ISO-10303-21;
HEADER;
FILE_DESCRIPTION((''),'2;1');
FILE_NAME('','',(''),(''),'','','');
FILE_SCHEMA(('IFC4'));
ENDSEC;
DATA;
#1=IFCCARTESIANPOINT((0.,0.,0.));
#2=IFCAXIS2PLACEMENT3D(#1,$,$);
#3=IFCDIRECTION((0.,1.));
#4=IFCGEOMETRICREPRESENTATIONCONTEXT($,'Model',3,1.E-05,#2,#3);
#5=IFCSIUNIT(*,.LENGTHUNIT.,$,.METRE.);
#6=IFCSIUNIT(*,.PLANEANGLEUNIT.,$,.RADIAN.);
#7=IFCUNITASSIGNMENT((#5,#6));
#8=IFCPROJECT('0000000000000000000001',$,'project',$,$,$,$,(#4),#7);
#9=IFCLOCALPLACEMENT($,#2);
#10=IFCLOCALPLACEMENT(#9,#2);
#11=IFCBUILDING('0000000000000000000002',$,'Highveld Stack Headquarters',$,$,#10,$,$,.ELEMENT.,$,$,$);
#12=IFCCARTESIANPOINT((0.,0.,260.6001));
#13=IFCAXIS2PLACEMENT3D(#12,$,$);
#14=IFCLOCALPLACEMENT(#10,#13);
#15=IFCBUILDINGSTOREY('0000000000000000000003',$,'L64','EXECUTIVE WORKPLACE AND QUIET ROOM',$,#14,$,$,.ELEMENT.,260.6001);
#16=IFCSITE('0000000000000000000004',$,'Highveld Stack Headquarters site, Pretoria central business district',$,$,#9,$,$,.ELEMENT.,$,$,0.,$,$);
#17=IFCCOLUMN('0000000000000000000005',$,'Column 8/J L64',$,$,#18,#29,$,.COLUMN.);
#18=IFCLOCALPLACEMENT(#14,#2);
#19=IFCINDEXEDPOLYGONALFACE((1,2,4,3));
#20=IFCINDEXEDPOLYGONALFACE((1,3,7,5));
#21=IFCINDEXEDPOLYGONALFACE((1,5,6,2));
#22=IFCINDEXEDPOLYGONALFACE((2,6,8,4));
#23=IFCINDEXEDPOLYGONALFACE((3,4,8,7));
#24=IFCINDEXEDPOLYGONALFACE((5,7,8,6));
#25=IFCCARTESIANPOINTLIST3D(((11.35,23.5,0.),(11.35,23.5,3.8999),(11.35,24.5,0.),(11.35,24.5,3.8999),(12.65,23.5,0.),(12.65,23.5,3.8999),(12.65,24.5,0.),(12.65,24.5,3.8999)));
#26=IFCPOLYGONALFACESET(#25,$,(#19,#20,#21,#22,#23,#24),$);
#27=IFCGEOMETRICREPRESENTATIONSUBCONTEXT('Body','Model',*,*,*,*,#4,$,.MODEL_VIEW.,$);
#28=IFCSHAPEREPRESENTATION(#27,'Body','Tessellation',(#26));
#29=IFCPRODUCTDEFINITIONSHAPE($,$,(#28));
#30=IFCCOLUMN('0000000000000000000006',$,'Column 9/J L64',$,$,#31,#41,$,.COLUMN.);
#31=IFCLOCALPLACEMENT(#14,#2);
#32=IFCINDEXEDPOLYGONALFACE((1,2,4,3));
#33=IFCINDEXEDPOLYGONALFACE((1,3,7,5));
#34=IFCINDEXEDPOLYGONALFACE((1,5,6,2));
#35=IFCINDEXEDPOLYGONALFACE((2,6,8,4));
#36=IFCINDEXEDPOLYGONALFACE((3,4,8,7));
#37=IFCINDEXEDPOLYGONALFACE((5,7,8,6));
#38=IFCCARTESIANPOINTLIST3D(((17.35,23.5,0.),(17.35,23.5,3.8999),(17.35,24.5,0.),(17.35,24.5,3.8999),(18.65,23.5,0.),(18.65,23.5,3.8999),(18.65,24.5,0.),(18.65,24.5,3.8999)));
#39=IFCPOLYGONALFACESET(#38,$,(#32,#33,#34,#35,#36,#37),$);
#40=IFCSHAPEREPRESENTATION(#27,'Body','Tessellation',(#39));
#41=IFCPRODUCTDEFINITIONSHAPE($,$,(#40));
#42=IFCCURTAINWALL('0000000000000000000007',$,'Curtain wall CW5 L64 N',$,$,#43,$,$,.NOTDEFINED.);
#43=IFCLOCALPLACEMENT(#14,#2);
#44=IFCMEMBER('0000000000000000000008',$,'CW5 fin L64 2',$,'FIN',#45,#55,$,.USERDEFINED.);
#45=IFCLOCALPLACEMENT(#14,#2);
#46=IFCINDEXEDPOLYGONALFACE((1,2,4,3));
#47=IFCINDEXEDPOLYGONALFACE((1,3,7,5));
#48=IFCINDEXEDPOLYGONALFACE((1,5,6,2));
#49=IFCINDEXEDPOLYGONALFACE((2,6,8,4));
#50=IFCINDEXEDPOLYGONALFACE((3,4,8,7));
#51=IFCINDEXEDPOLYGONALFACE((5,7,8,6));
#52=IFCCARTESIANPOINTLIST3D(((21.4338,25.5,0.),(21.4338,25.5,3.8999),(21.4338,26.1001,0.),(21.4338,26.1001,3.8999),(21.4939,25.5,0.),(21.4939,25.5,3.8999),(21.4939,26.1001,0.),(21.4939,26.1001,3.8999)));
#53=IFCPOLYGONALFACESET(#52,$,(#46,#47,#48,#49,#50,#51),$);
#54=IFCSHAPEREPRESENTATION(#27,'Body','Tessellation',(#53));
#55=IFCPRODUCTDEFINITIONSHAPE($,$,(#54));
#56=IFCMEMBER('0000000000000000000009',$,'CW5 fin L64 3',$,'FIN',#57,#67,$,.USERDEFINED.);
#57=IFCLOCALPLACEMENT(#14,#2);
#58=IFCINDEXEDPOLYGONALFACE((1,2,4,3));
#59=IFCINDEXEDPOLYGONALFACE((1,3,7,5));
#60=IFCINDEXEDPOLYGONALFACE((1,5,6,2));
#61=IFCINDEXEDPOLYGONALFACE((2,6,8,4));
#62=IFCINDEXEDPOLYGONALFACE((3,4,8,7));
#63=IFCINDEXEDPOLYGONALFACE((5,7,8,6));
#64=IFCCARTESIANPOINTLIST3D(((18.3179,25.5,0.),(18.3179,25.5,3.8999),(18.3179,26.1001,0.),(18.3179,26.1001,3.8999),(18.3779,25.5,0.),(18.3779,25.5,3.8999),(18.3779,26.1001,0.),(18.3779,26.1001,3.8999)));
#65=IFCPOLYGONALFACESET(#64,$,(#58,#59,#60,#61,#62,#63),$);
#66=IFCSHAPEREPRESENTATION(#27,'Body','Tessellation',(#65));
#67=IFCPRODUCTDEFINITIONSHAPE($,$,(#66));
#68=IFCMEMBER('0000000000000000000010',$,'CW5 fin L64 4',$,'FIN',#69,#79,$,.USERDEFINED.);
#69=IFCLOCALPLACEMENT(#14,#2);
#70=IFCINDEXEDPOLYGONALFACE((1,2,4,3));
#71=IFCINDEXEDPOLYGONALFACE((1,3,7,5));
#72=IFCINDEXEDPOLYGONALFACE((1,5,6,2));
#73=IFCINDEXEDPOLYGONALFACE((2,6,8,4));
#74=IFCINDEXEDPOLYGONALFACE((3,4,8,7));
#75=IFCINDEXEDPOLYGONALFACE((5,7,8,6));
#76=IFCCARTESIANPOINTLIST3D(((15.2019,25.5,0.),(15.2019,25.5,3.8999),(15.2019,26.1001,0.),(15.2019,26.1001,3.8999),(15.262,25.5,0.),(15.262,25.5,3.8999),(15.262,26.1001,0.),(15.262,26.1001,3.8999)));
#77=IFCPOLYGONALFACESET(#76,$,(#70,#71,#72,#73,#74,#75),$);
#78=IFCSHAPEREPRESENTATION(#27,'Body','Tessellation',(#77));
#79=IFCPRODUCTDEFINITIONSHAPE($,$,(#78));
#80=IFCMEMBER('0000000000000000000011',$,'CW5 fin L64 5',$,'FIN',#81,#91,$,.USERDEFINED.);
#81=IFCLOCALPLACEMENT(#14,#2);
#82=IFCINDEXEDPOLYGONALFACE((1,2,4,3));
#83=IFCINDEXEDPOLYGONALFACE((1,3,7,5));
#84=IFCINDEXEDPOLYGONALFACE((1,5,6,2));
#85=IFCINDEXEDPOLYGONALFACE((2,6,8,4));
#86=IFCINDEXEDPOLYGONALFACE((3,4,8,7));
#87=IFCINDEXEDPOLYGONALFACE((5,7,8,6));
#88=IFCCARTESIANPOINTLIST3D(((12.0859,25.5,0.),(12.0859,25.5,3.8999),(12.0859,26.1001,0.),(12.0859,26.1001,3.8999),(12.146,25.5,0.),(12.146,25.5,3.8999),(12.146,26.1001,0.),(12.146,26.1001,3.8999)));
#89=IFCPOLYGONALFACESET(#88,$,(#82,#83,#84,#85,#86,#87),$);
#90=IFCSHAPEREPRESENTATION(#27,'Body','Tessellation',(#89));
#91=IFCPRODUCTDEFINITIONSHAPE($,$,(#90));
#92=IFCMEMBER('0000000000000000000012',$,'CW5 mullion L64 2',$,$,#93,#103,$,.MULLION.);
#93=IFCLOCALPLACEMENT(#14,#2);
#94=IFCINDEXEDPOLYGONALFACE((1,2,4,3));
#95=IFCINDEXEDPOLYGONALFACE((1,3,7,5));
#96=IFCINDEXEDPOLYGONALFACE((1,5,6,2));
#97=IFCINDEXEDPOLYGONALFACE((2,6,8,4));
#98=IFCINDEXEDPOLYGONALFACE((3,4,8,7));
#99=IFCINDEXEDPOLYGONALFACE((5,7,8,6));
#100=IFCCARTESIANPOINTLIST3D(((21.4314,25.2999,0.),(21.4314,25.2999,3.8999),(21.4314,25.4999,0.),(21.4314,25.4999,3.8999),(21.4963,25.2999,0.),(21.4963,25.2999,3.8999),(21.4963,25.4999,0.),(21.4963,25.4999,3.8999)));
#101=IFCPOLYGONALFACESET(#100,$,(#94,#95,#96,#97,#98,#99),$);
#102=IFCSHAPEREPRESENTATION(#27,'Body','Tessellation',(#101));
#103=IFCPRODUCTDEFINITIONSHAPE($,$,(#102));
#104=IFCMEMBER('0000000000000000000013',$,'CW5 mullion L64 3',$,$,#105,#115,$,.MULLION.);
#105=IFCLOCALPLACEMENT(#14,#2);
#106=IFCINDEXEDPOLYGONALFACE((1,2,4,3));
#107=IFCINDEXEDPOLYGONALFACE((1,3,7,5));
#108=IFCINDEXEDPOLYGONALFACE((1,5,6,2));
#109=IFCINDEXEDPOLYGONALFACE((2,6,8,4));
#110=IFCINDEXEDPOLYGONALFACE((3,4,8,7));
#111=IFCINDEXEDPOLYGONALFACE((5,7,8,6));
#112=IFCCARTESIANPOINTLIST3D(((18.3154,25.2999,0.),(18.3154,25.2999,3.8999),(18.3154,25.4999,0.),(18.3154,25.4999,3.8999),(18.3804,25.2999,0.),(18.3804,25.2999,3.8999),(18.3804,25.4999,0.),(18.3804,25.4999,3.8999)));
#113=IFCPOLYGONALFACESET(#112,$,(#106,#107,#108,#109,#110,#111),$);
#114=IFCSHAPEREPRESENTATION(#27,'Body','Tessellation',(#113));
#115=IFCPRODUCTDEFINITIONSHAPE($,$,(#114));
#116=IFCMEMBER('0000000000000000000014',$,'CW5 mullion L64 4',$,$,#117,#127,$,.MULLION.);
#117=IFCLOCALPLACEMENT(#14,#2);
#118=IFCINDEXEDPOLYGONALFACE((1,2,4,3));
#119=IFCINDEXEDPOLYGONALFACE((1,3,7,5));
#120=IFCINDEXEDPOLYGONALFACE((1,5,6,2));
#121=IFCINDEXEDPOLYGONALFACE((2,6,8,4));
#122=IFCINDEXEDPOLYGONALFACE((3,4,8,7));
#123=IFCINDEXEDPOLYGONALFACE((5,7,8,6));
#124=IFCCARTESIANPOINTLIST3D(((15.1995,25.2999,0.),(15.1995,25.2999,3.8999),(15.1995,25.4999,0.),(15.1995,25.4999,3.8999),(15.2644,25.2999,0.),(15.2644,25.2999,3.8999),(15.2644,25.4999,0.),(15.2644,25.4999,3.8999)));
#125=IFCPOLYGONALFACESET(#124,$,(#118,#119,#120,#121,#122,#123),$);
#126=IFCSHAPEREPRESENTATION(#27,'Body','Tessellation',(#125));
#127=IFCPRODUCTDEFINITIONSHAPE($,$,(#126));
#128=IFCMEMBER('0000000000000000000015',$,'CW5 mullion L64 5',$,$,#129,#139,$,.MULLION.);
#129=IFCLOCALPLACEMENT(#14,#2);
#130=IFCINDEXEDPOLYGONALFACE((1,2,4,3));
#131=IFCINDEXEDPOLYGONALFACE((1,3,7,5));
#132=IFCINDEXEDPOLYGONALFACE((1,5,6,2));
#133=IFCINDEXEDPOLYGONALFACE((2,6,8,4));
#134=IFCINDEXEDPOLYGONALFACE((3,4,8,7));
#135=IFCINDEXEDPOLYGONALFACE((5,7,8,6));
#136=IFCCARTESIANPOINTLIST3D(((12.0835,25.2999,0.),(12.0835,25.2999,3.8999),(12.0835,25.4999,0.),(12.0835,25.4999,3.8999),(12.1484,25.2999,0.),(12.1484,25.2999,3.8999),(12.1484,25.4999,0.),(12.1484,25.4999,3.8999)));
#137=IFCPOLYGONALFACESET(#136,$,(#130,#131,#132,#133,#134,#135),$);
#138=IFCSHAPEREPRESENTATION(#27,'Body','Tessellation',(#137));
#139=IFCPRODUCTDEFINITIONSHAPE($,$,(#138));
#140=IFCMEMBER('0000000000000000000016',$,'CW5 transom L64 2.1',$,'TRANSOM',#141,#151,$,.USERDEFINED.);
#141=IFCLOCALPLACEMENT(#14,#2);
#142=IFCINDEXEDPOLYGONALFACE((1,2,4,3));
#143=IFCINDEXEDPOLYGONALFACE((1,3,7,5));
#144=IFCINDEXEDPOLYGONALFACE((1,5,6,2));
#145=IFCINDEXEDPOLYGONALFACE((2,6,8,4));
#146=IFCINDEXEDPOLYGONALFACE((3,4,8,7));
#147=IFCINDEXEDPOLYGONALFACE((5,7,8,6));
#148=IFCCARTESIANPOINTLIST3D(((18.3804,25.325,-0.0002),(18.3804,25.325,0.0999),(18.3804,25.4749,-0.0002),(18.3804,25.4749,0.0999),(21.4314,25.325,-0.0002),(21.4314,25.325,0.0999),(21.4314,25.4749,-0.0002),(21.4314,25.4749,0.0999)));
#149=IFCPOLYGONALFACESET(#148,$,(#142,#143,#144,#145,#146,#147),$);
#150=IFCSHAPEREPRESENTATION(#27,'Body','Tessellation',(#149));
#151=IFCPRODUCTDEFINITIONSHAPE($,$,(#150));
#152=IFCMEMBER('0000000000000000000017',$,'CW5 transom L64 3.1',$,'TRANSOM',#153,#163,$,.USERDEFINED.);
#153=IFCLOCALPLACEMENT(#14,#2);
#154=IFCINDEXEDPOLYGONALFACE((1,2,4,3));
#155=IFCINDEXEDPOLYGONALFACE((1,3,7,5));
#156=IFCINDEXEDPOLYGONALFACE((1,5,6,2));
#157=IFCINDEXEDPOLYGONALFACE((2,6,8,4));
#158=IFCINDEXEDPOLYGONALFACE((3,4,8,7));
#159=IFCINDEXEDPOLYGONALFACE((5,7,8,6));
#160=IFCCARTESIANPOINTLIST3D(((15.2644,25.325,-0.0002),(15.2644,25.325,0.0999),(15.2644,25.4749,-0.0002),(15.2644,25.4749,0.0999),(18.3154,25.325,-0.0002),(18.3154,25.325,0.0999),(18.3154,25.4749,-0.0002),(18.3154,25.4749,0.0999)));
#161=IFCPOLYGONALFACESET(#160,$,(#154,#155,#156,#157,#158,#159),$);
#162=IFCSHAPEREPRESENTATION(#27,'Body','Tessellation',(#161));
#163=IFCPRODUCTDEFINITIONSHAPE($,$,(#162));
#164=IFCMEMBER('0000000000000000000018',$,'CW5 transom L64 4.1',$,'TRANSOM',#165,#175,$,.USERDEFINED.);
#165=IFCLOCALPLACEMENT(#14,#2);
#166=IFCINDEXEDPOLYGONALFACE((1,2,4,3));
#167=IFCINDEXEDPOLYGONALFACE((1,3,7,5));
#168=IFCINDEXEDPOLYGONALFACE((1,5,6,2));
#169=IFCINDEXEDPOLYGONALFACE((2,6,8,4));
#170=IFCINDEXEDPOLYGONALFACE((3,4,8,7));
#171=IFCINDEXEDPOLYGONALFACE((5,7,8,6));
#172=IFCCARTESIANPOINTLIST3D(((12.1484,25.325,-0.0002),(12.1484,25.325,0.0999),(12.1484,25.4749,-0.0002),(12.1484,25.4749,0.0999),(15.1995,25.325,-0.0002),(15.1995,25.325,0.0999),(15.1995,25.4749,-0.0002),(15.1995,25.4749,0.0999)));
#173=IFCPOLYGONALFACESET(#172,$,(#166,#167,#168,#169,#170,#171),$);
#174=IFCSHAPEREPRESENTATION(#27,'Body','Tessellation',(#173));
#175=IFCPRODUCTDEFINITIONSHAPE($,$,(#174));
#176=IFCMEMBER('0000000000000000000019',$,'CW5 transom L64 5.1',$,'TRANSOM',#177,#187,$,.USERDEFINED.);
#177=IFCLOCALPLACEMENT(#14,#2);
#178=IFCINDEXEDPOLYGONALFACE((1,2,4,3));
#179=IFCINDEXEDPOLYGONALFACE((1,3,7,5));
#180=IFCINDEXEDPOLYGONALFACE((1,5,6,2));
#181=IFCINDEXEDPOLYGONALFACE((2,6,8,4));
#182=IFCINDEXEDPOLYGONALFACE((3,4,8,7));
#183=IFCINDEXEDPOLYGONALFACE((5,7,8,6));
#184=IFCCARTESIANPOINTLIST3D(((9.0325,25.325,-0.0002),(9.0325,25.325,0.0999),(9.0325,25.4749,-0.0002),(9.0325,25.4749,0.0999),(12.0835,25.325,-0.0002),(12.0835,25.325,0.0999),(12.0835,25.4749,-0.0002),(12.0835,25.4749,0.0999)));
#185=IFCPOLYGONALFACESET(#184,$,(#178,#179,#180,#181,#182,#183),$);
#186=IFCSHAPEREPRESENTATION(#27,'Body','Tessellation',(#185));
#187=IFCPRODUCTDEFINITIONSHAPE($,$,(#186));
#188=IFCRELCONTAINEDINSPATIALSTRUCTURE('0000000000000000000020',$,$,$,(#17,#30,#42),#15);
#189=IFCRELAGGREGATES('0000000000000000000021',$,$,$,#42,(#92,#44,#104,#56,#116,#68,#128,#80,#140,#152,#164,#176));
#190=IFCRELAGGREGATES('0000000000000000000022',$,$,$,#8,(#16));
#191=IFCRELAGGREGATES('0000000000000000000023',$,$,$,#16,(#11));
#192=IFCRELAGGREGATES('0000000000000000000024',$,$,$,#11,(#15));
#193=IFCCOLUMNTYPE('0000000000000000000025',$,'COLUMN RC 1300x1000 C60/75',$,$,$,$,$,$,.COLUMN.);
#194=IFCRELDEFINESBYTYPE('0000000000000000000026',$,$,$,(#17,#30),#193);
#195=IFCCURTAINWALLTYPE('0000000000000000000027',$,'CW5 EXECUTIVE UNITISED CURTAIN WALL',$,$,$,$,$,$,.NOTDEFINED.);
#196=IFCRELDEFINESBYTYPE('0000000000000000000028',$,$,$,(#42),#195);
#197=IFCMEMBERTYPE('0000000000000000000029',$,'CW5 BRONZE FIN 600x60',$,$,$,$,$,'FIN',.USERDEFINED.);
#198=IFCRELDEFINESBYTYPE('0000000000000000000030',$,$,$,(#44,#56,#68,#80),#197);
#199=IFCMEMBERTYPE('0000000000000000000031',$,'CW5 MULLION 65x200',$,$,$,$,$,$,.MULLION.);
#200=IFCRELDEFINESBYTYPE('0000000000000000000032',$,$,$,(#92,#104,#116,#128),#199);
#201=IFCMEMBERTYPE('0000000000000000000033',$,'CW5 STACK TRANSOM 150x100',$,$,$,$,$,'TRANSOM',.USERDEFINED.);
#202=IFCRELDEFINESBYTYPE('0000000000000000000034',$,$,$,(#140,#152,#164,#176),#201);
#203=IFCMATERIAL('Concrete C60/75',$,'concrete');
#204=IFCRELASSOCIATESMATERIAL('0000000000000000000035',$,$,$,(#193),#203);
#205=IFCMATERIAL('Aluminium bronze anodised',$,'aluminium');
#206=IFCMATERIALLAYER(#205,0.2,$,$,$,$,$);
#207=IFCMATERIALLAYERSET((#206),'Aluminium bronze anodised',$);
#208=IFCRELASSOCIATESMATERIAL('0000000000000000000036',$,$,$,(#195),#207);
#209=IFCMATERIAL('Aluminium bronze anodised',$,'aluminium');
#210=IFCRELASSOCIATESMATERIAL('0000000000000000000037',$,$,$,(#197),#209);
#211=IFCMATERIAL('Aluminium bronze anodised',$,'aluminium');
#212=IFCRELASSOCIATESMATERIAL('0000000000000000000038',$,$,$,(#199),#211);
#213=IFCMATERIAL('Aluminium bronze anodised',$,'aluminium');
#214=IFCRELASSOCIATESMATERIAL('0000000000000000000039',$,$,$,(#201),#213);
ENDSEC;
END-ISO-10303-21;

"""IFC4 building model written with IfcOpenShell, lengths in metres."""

from ifc_helpers import new_model, si_unit, direction, frame, origin, origin_2d, place, context, subcontext, project, spatial, rectangle, extrude, material, layer, layer_set, material_profile, profile_set, type_object, element, aggregate, save


model = new_model("IFC4")

# Units and contexts
model_context = context("Model", 3, precision=1e-05, world=origin(), true_north=direction((0.0, 1.0)))
body_context = subcontext(model_context, "Body", "Model", "MODEL_VIEW")
ifc_project = project(units=[si_unit("LENGTHUNIT", "METRE"), si_unit("PLANEANGLEUNIT", "RADIAN")], contexts=[model_context])

# Site, building, storey
site_placement = place(None, origin())
site = spatial("IfcSite", under=ifc_project, at=site_placement, Name="Highveld Stack Headquarters site, Pretoria central business district", CompositionType="ELEMENT", RefElevation=0.0)
building_placement = place(site_placement, origin())
building = spatial("IfcBuilding", under=site, at=building_placement, Name="Highveld Stack Headquarters", CompositionType="ELEMENT")
storey_placement = place(building_placement, frame((0.0, 0.0, 260.6001)))
storey = spatial("IfcBuildingStorey", under=building, at=storey_placement, Name="L64", Description="EXECUTIVE WORKPLACE AND QUIET ROOM", CompositionType="ELEMENT", Elevation=260.6001)

# Columns
ifc_material_1 = material(Name="Concrete C60/75", Category="concrete")
ifc_material_profile_1 = material_profile(ifc_material_1, rectangle(XDim=1.3, YDim=1.0, at=origin_2d()), Name="RC 1300x1000")
ifc_profile_set_1 = profile_set([ifc_material_profile_1], Name="Concrete C60/75")
column_type = type_object("IfcColumnType", Name="COLUMN RC 1300x1000 C60/75", PredefinedType="COLUMN", material=ifc_profile_set_1)
for number, where, z_axis, x_axis, name in (
    (1, (12.0, 24.0, 0.0), (0.0, 0.0, 1.0), (1.0, 0.0, 0.0), "Column 8/J L64"),
    (2, (18.0, 24.0, 0.0), (0.0, 0.0, 1.0), (1.0, 0.0, 0.0), "Column 9/J L64"),
):
    element("IfcColumn", number, at=place(storey_placement, frame(where, z_axis=z_axis, x_axis=x_axis)), inside=storey, type_object=column_type, Name=name, PredefinedType="COLUMN", context=body_context, shape_type="SweptSolid", body=[
        extrude(rectangle(XDim=1.3, YDim=1.0, at=origin_2d()), origin(), (0.0, 0.0, 1.0), 3.8999),
    ])

# Curtain wall, members
ifc_material_2 = material(Name="Aluminium bronze anodised", Category="aluminium")
ifc_layer_1 = layer(ifc_material_2, 0.2)
ifc_layer_set_1 = layer_set([ifc_layer_1], Name="Aluminium bronze anodised")
curtain_wall_type = type_object("IfcCurtainWallType", Name="CW5 EXECUTIVE UNITISED CURTAIN WALL", PredefinedType="NOTDEFINED", material=ifc_layer_set_1)
curtain_wall_placement = place(storey_placement, origin())
curtain_wall = element("IfcCurtainWall", 3, at=curtain_wall_placement, inside=storey, type_object=curtain_wall_type, Name="Curtain wall CW5 L64 N", PredefinedType="NOTDEFINED")
ifc_material_3 = material(Name="Aluminium bronze anodised", Category="aluminium")
ifc_material_profile_2 = material_profile(ifc_material_3, rectangle(XDim=0.6001, YDim=0.0601, at=origin_2d()), Name="FIN 600x60")
ifc_profile_set_2 = profile_set([ifc_material_profile_2], Name="Aluminium bronze anodised")
member_type_1 = type_object("IfcMemberType", Name="CW5 BRONZE FIN 600x60", ElementType="FIN", PredefinedType="USERDEFINED", material=ifc_profile_set_2)
member_1_placement = place(storey_placement, frame((21.4639, 25.8, 0.0), z_axis=(0.0, 0.0, 1.0), x_axis=(0.0, -1.0, 0.0)))
member_1 = element("IfcMember", 4, at=member_1_placement, type_object=member_type_1, Name="CW5 fin L64 2", ObjectType="FIN", PredefinedType="USERDEFINED", context=body_context, shape_type="SweptSolid", body=[
    extrude(rectangle(XDim=0.6001, YDim=0.0601, at=origin_2d()), origin(), (0.0, 0.0, 1.0), 3.8999),
])
member_2_placement = place(storey_placement, frame((18.3479, 25.8, 0.0), z_axis=(0.0, 0.0, 1.0), x_axis=(0.0, -1.0, 0.0)))
member_2 = element("IfcMember", 5, at=member_2_placement, type_object=member_type_1, Name="CW5 fin L64 3", ObjectType="FIN", PredefinedType="USERDEFINED", context=body_context, shape_type="SweptSolid", body=[
    extrude(rectangle(XDim=0.6001, YDim=0.0601, at=origin_2d()), origin(), (0.0, 0.0, 1.0), 3.8999),
])
member_3_placement = place(storey_placement, frame((15.2319, 25.8, 0.0), z_axis=(0.0, 0.0, 1.0), x_axis=(0.0, -1.0, 0.0)))
member_3 = element("IfcMember", 6, at=member_3_placement, type_object=member_type_1, Name="CW5 fin L64 4", ObjectType="FIN", PredefinedType="USERDEFINED", context=body_context, shape_type="SweptSolid", body=[
    extrude(rectangle(XDim=0.6001, YDim=0.0601, at=origin_2d()), origin(), (0.0, 0.0, 1.0), 3.8999),
])
member_4_placement = place(storey_placement, frame((12.116, 25.8, 0.0), z_axis=(0.0, 0.0, 1.0), x_axis=(0.0, -1.0, 0.0)))
member_4 = element("IfcMember", 7, at=member_4_placement, type_object=member_type_1, Name="CW5 fin L64 5", ObjectType="FIN", PredefinedType="USERDEFINED", context=body_context, shape_type="SweptSolid", body=[
    extrude(rectangle(XDim=0.6001, YDim=0.0601, at=origin_2d()), origin(), (0.0, 0.0, 1.0), 3.8999),
])
ifc_material_4 = material(Name="Aluminium bronze anodised", Category="aluminium")
ifc_material_profile_3 = material_profile(ifc_material_4, rectangle(XDim=0.2, YDim=0.0649, at=origin_2d()), Name="CW5 MULLION 65x200")
ifc_profile_set_3 = profile_set([ifc_material_profile_3], Name="Aluminium bronze anodised")
member_type_2 = type_object("IfcMemberType", Name="CW5 MULLION 65x200", PredefinedType="MULLION", material=ifc_profile_set_3)
member_5_placement = place(storey_placement, frame((21.4639, 25.3999, 0.0), z_axis=(0.0, 0.0, 1.0), x_axis=(0.0, -1.0, 0.0)))
member_5 = element("IfcMember", 8, at=member_5_placement, type_object=member_type_2, Name="CW5 mullion L64 2", PredefinedType="MULLION", context=body_context, shape_type="SweptSolid", body=[
    extrude(rectangle(XDim=0.2, YDim=0.0649, at=origin_2d()), origin(), (0.0, 0.0, 1.0), 3.8999),
])
member_6_placement = place(storey_placement, frame((18.3479, 25.3999, 0.0), z_axis=(0.0, 0.0, 1.0), x_axis=(0.0, -1.0, 0.0)))
member_6 = element("IfcMember", 9, at=member_6_placement, type_object=member_type_2, Name="CW5 mullion L64 3", PredefinedType="MULLION", context=body_context, shape_type="SweptSolid", body=[
    extrude(rectangle(XDim=0.2, YDim=0.0649, at=origin_2d()), origin(), (0.0, 0.0, 1.0), 3.8999),
])
member_7_placement = place(storey_placement, frame((15.2319, 25.3999, 0.0), z_axis=(0.0, 0.0, 1.0), x_axis=(0.0, -1.0, 0.0)))
member_7 = element("IfcMember", 10, at=member_7_placement, type_object=member_type_2, Name="CW5 mullion L64 4", PredefinedType="MULLION", context=body_context, shape_type="SweptSolid", body=[
    extrude(rectangle(XDim=0.2, YDim=0.0649, at=origin_2d()), origin(), (0.0, 0.0, 1.0), 3.8999),
])
member_8_placement = place(storey_placement, frame((12.116, 25.3999, 0.0), z_axis=(0.0, 0.0, 1.0), x_axis=(0.0, -1.0, 0.0)))
member_8 = element("IfcMember", 11, at=member_8_placement, type_object=member_type_2, Name="CW5 mullion L64 5", PredefinedType="MULLION", context=body_context, shape_type="SweptSolid", body=[
    extrude(rectangle(XDim=0.2, YDim=0.0649, at=origin_2d()), origin(), (0.0, 0.0, 1.0), 3.8999),
])
ifc_material_5 = material(Name="Aluminium bronze anodised", Category="aluminium")
ifc_material_profile_4 = material_profile(ifc_material_5, rectangle(XDim=0.1499, YDim=0.1001, at=origin_2d()), Name="CW5 TRANSOM 150x100")
ifc_profile_set_4 = profile_set([ifc_material_profile_4], Name="Aluminium bronze anodised")
member_type_3 = type_object("IfcMemberType", Name="CW5 STACK TRANSOM 150x100", ElementType="TRANSOM", PredefinedType="USERDEFINED", material=ifc_profile_set_4)
member_9_placement = place(storey_placement, frame((21.4314, 25.3999, 0.0498), z_axis=(-1.0, 0.0, 0.0), x_axis=(0.0, -1.0, 0.0)))
member_9 = element("IfcMember", 12, at=member_9_placement, type_object=member_type_3, Name="CW5 transom L64 2.1", ObjectType="TRANSOM", PredefinedType="USERDEFINED", context=body_context, shape_type="SweptSolid", body=[
    extrude(rectangle(XDim=0.1499, YDim=0.1001, at=origin_2d()), origin(), (0.0, 0.0, 1.0), 3.051),
])
member_10_placement = place(storey_placement, frame((18.3154, 25.3999, 0.0498), z_axis=(-1.0, 0.0, 0.0), x_axis=(0.0, -1.0, 0.0)))
member_10 = element("IfcMember", 13, at=member_10_placement, type_object=member_type_3, Name="CW5 transom L64 3.1", ObjectType="TRANSOM", PredefinedType="USERDEFINED", context=body_context, shape_type="SweptSolid", body=[
    extrude(rectangle(XDim=0.1499, YDim=0.1001, at=origin_2d()), origin(), (0.0, 0.0, 1.0), 3.051),
])
member_11_placement = place(storey_placement, frame((15.1995, 25.3999, 0.0498), z_axis=(-1.0, 0.0, 0.0), x_axis=(0.0, -1.0, 0.0)))
member_11 = element("IfcMember", 14, at=member_11_placement, type_object=member_type_3, Name="CW5 transom L64 4.1", ObjectType="TRANSOM", PredefinedType="USERDEFINED", context=body_context, shape_type="SweptSolid", body=[
    extrude(rectangle(XDim=0.1499, YDim=0.1001, at=origin_2d()), origin(), (0.0, 0.0, 1.0), 3.051),
])
member_12_placement = place(storey_placement, frame((12.0835, 25.3999, 0.0498), z_axis=(-1.0, 0.0, 0.0), x_axis=(0.0, -1.0, 0.0)))
member_12 = element("IfcMember", 15, at=member_12_placement, type_object=member_type_3, Name="CW5 transom L64 5.1", ObjectType="TRANSOM", PredefinedType="USERDEFINED", context=body_context, shape_type="SweptSolid", body=[
    extrude(rectangle(XDim=0.1499, YDim=0.1001, at=origin_2d()), origin(), (0.0, 0.0, 1.0), 3.051),
])
aggregate(curtain_wall, [member_5, member_1, member_6, member_2, member_7, member_3, member_8, member_4, member_9, member_10, member_11, member_12])

save(model, "model.ifc")
